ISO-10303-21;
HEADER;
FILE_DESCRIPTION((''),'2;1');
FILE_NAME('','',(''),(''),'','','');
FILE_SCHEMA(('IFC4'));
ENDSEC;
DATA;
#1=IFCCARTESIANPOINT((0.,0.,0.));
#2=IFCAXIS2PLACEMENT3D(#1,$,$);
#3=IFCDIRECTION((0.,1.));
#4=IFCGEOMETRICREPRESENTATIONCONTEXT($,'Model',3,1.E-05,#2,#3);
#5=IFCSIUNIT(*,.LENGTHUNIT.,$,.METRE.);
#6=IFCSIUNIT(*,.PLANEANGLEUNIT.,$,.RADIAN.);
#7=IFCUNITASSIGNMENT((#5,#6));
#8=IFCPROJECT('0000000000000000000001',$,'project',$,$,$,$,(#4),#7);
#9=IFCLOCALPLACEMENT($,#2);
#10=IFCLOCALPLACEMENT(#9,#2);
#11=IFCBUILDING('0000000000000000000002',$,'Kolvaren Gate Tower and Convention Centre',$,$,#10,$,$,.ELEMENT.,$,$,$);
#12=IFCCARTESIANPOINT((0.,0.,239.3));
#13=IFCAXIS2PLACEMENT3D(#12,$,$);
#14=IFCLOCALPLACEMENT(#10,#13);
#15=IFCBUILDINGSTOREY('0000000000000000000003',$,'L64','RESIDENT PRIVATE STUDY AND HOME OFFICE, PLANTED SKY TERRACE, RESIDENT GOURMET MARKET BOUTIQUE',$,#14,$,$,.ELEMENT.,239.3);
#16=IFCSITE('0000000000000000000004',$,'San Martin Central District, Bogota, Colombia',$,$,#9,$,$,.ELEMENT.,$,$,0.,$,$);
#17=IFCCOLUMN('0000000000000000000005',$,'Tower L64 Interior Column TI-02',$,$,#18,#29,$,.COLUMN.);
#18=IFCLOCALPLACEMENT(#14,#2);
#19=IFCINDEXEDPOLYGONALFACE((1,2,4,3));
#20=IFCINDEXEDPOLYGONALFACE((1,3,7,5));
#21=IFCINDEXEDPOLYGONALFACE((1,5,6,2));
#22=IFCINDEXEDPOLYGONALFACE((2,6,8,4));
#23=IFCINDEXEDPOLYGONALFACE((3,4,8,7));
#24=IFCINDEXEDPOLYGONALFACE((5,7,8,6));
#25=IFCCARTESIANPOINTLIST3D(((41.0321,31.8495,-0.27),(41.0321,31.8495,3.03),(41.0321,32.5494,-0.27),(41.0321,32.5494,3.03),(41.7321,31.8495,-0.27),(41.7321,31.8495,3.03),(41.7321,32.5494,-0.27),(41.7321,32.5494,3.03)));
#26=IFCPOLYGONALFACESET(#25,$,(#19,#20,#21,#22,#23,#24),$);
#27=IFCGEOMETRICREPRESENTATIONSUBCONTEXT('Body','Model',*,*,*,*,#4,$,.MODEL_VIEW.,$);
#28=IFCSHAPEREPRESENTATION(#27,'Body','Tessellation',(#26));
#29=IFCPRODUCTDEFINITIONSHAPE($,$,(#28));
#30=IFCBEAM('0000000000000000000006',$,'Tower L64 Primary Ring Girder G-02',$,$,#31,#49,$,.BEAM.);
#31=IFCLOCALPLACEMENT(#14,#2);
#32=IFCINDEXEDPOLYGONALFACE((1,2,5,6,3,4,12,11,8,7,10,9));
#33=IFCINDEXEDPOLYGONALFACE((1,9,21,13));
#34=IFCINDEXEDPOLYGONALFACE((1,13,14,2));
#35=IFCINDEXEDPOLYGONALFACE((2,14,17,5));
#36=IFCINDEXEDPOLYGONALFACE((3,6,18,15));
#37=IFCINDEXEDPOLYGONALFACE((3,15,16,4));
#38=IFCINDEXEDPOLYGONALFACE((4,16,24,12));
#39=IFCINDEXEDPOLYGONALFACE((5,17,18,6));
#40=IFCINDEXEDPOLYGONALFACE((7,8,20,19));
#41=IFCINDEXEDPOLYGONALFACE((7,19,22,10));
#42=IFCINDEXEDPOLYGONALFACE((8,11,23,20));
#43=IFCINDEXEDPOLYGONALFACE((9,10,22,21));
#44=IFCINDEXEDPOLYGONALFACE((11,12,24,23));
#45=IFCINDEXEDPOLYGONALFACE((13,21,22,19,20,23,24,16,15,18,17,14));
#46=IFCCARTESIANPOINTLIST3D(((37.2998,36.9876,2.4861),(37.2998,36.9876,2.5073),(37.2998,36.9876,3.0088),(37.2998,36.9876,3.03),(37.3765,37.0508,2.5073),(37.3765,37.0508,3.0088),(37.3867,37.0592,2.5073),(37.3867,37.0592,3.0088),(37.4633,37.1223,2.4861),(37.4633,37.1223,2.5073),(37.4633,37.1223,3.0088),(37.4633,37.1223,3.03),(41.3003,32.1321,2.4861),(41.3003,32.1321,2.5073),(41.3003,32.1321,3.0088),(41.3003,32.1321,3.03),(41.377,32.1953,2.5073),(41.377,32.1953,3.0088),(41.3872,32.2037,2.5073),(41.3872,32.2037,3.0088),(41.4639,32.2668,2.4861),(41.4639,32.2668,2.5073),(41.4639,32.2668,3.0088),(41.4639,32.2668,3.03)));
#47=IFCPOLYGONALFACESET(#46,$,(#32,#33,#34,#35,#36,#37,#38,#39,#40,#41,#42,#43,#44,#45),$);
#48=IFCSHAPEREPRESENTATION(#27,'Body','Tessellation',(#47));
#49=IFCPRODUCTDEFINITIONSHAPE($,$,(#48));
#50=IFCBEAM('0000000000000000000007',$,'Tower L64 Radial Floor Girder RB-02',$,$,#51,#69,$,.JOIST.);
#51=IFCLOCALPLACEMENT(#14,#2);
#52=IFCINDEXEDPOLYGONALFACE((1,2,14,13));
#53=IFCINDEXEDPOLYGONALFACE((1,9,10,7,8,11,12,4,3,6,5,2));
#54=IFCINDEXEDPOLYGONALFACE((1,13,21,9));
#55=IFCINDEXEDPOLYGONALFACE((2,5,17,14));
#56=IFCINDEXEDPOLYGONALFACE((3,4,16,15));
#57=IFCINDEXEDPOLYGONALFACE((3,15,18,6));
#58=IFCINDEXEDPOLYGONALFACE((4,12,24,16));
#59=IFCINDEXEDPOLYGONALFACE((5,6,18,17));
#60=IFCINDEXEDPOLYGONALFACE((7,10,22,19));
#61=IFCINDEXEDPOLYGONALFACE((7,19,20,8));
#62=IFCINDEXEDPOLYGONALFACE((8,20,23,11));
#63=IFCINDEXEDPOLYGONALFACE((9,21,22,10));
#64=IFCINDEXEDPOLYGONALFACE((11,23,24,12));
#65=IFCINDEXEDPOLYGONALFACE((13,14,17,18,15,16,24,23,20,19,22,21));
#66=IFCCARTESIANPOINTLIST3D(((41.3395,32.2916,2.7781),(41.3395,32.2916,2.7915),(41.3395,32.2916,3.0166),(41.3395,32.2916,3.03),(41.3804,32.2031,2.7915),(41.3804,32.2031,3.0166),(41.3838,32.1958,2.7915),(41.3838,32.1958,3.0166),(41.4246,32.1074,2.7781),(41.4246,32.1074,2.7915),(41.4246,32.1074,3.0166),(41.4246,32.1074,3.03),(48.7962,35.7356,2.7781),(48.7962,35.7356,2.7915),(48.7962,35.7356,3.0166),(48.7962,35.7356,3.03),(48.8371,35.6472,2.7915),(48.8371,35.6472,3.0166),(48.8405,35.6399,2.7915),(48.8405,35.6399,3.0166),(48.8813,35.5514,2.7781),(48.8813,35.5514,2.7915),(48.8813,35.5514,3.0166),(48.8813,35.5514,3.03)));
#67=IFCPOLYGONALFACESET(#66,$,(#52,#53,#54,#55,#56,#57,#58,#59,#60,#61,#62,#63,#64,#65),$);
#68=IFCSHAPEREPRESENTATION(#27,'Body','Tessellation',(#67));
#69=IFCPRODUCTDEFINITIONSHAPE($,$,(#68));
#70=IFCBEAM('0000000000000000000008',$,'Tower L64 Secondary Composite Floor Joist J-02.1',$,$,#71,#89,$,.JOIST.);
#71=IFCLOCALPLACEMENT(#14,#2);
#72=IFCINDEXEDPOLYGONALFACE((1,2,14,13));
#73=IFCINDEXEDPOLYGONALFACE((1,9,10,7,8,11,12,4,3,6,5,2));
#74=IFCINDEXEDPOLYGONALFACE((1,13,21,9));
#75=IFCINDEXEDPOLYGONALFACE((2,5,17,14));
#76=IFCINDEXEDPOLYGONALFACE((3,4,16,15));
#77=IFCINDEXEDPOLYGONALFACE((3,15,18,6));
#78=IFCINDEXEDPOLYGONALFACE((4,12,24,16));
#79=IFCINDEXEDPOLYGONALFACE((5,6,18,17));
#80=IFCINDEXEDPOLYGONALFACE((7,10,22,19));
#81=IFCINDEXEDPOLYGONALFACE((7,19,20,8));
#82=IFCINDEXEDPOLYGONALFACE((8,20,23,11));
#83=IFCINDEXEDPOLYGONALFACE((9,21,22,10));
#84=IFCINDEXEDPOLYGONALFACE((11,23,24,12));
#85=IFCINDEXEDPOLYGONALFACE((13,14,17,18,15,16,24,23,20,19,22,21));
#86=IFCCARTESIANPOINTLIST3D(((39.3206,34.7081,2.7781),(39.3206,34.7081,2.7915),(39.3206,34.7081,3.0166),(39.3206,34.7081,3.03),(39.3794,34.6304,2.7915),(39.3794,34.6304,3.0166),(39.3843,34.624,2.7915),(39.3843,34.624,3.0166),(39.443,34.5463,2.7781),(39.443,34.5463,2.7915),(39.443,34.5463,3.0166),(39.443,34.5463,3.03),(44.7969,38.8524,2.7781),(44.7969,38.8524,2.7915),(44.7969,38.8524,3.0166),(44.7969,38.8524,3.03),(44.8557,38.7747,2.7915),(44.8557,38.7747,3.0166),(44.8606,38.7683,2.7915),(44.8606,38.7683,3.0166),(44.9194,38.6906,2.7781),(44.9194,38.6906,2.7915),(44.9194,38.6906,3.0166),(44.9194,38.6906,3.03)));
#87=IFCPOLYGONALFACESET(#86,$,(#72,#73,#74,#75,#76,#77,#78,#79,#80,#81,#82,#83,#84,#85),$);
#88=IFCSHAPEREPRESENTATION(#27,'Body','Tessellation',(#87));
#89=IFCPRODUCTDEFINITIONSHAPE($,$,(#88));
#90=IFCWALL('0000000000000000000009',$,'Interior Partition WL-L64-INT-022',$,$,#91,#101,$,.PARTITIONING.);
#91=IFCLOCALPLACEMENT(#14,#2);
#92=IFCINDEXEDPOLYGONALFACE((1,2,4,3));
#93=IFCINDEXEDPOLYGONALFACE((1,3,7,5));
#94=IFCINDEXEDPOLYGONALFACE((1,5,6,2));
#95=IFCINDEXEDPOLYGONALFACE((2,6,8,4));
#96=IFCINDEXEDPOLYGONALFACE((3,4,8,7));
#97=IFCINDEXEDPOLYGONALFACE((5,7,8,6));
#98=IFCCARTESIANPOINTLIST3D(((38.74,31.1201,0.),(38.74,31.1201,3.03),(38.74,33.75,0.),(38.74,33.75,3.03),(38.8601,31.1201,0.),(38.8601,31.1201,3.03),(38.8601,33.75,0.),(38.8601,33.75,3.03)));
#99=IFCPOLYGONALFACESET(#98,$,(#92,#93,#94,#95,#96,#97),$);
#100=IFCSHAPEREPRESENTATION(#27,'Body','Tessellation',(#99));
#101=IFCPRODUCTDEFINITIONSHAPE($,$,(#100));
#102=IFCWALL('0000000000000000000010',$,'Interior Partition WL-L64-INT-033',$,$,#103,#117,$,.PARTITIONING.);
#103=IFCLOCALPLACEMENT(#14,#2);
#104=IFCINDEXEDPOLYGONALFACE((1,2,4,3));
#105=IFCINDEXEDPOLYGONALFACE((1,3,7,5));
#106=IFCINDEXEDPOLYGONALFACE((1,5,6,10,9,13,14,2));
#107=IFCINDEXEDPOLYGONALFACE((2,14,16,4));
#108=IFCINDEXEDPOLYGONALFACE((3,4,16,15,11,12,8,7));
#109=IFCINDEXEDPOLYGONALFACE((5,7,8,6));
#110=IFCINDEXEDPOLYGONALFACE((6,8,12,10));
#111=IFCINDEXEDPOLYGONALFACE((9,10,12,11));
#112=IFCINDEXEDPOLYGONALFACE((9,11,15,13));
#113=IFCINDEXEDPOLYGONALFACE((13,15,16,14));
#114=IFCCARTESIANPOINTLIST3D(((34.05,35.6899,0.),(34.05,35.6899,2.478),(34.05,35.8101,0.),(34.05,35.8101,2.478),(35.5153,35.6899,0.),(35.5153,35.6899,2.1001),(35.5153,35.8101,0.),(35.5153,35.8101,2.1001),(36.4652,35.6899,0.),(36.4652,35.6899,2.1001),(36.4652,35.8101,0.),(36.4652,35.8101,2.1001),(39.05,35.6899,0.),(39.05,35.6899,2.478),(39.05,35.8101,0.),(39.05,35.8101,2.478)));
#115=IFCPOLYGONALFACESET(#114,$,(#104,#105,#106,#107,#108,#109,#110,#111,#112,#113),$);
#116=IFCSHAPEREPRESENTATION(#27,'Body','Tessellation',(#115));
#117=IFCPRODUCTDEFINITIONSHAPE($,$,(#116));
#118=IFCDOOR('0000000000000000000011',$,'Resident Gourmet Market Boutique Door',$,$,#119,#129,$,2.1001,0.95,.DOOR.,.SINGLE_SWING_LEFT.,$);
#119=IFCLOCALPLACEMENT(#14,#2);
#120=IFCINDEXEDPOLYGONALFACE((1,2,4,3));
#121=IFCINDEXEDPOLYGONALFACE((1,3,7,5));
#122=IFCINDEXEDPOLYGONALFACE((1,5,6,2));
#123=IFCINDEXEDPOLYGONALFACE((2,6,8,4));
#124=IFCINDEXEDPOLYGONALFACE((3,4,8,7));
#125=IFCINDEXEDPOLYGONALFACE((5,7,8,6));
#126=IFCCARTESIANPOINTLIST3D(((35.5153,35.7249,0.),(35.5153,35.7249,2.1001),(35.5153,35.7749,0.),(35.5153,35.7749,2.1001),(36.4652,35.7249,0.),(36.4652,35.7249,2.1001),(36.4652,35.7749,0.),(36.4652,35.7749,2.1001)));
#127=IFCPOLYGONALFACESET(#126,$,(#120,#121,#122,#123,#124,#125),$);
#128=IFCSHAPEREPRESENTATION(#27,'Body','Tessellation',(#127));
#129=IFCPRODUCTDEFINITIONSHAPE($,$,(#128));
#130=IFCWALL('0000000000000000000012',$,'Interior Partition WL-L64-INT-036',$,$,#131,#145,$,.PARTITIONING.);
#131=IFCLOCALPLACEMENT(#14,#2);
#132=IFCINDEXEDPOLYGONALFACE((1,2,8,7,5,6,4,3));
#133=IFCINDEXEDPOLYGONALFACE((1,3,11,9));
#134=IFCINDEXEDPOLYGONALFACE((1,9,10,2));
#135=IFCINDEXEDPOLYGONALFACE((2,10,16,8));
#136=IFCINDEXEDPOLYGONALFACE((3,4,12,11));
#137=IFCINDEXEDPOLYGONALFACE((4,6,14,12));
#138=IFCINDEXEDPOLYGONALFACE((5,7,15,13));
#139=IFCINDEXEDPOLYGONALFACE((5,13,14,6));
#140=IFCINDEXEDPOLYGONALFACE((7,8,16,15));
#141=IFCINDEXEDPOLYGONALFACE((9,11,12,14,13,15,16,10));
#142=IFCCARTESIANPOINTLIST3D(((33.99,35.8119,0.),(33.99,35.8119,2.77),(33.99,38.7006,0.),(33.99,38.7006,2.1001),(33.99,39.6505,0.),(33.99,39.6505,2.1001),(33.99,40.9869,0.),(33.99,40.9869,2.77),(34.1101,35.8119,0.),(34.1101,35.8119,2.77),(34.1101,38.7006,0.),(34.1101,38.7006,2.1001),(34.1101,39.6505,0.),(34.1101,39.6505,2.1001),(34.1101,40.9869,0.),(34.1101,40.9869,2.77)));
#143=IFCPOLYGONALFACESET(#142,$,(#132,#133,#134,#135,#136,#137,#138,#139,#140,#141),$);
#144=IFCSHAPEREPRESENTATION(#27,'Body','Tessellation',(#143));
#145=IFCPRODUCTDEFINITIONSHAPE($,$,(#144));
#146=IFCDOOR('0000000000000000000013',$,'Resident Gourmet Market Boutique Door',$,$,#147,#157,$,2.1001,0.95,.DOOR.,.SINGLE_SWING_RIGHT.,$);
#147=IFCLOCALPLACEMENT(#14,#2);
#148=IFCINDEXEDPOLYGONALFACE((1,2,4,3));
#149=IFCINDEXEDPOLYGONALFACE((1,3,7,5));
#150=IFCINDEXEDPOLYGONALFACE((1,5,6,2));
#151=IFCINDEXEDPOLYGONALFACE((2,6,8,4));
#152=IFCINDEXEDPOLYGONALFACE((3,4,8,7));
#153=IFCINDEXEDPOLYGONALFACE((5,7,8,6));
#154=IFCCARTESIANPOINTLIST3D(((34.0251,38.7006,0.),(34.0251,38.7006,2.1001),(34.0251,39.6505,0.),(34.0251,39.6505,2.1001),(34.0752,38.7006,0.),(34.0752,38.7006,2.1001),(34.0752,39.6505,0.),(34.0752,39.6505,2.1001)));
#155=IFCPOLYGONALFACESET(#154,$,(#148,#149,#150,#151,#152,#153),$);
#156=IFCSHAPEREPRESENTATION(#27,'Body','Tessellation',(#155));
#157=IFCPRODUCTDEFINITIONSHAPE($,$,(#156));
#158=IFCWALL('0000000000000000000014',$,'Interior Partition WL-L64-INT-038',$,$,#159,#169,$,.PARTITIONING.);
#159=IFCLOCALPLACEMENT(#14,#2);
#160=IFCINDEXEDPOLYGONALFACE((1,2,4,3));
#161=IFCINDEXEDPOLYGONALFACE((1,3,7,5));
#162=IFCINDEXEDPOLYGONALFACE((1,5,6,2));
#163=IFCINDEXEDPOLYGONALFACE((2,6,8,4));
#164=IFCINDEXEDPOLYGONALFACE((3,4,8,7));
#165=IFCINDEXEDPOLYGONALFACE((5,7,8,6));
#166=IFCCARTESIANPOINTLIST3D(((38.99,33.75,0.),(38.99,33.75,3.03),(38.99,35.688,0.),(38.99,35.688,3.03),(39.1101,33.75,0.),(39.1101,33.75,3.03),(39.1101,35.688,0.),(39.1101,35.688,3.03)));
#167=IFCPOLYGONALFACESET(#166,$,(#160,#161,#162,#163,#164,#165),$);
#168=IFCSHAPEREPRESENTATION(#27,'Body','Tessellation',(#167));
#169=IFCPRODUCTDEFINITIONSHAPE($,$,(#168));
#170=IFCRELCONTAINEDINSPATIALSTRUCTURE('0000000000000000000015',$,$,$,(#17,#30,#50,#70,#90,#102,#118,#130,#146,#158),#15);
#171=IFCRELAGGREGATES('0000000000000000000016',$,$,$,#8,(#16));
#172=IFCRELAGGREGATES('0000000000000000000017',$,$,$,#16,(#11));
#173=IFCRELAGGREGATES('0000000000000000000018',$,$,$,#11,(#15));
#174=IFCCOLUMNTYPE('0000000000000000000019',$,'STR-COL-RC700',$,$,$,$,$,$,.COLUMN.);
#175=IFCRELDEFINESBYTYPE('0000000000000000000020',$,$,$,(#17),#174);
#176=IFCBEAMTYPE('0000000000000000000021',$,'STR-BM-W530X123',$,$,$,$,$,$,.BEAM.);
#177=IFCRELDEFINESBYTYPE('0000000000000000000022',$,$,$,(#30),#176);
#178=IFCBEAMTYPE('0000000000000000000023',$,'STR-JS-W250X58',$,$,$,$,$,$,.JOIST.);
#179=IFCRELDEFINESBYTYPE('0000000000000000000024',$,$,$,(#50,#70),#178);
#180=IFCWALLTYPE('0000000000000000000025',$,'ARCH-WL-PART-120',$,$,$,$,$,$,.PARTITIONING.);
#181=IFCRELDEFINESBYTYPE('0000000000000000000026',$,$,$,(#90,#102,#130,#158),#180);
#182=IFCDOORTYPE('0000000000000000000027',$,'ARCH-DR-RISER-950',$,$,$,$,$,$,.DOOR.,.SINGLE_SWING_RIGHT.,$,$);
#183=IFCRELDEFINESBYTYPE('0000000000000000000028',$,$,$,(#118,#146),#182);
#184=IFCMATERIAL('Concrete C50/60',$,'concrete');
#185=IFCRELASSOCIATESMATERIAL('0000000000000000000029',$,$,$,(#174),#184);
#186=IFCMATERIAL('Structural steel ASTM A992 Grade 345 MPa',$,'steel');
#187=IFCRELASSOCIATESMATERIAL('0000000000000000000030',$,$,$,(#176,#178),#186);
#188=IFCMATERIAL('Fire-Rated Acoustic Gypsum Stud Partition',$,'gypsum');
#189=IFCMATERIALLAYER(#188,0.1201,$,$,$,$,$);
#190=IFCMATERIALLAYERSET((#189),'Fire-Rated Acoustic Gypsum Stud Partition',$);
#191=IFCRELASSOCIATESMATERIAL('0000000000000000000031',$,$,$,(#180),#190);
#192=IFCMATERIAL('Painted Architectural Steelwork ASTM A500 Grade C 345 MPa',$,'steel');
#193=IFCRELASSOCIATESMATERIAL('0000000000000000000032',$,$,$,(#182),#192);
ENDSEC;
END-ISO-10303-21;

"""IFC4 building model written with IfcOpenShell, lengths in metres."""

from ifc_helpers import new_model, si_unit, direction, frame, frame_2d, origin, origin_2d, place, context, subcontext, project, spatial, rectangle, i_section, extrude, material, layer, layer_set, material_profile, profile_set, type_object, element, fill, save


model = new_model("IFC4")

# Units and contexts
model_context = context("Model", 3, precision=1e-05, world=origin(), true_north=direction((0.0, 1.0)))
body_context = subcontext(model_context, "Body", "Model", "MODEL_VIEW")
ifc_project = project(units=[si_unit("LENGTHUNIT", "METRE"), si_unit("PLANEANGLEUNIT", "RADIAN")], contexts=[model_context])

# Site, building, storey
site_placement = place(None, origin())
site = spatial("IfcSite", under=ifc_project, at=site_placement, Name="San Martin Central District, Bogota, Colombia", CompositionType="ELEMENT", RefElevation=0.0)
building_placement = place(site_placement, origin())
building = spatial("IfcBuilding", under=site, at=building_placement, Name="Kolvaren Gate Tower and Convention Centre", CompositionType="ELEMENT")
storey_placement = place(building_placement, frame((0.0, 0.0, 239.3)))
storey = spatial("IfcBuildingStorey", under=building, at=storey_placement, Name="L64", Description="RESIDENT PRIVATE STUDY AND HOME OFFICE, PLANTED SKY TERRACE, RESIDENT GOURMET MARKET BOUTIQUE", CompositionType="ELEMENT", Elevation=239.3)

# Column
ifc_material_1 = material(Name="Concrete C50/60", Category="concrete")
ifc_material_profile_1 = material_profile(ifc_material_1, rectangle(XDim=0.7, YDim=0.7, at=origin_2d()), Name="RC-COL-700X700")
ifc_profile_set_1 = profile_set([ifc_material_profile_1], Name="Concrete C50/60")
column_type = type_object("IfcColumnType", Name="STR-COL-RC700", PredefinedType="COLUMN", material=ifc_profile_set_1)
column_placement = place(storey_placement, frame((41.3821, 32.1995, -0.27), z_axis=(0.0, 0.0, 1.0), x_axis=(1.0, 0.0, 0.0)))
element("IfcColumn", 1, at=column_placement, inside=storey, type_object=column_type, Name="Tower L64 Interior Column TI-02", PredefinedType="COLUMN", context=body_context, shape_type="SweptSolid", body=[
    extrude(rectangle(XDim=0.7, YDim=0.7, at=origin_2d()), origin(), (0.0, 0.0, 1.0), 3.3),
])

# Beams
ifc_material_2 = material(Name="Structural steel ASTM A992 Grade 345 MPa", Category="steel")
ifc_material_profile_2 = material_profile(ifc_material_2, i_section(OverallWidth=0.2119, OverallDepth=0.5439, WebThickness=0.0132, FlangeThickness=0.0212, at=origin_2d()), Name="W530X123")
ifc_profile_set_2 = profile_set([ifc_material_profile_2], Name="Structural steel ASTM A992 Grade 345 MPa")
beam_type_1 = type_object("IfcBeamType", Name="STR-BM-W530X123", PredefinedType="BEAM", material=ifc_profile_set_2)
beam_1_placement = place(storey_placement, frame((41.3821, 32.1995, 2.7581), z_axis=(-0.635884, 0.771785, 0.0), x_axis=(-0.771785, -0.635884, 0.0)))
element("IfcBeam", 2, at=beam_1_placement, inside=storey, type_object=beam_type_1, Name="Tower L64 Primary Ring Girder G-02", PredefinedType="BEAM", context=body_context, shape_type="SweptSolid", body=[
    extrude(i_section(OverallWidth=0.2119, OverallDepth=0.5439, WebThickness=0.0132, FlangeThickness=0.0212, at=origin_2d()), origin(), (0.0, 0.0, 1.0), 6.2913),
])
ifc_material_profile_3 = material_profile(ifc_material_2, i_section(OverallWidth=0.2029, OverallDepth=0.252, WebThickness=0.0081, FlangeThickness=0.0134, at=origin_2d()), Name="W250X58")
ifc_profile_set_3 = profile_set([ifc_material_profile_3], Name="Structural steel ASTM A992 Grade 345 MPa")
beam_type_2 = type_object("IfcBeamType", Name="STR-JS-W250X58", PredefinedType="JOIST", material=ifc_profile_set_3)
beam_2_placement = place(storey_placement, frame((41.3821, 32.1995, 2.9041), z_axis=(0.907844, 0.419309, 0.0), x_axis=(-0.419309, 0.907844, 0.0)))
element("IfcBeam", 3, at=beam_2_placement, inside=storey, type_object=beam_type_2, Name="Tower L64 Radial Floor Girder RB-02", PredefinedType="JOIST", context=body_context, shape_type="SweptSolid", body=[
    extrude(i_section(OverallWidth=0.2029, OverallDepth=0.252, WebThickness=0.0081, FlangeThickness=0.0134, at=origin_2d()), origin(), (0.0, 0.0, 1.0), 8.2136),
])
beam_3_placement = place(storey_placement, frame((39.3818, 34.6272, 2.9041), z_axis=(0.797403, 0.603447, 0.0), x_axis=(-0.603447, 0.797403, 0.0)))
element("IfcBeam", 4, at=beam_3_placement, inside=storey, type_object=beam_type_2, Name="Tower L64 Secondary Composite Floor Joist J-02.1", PredefinedType="JOIST", context=body_context, shape_type="SweptSolid", body=[
    extrude(i_section(OverallWidth=0.2029, OverallDepth=0.252, WebThickness=0.0081, FlangeThickness=0.0134, at=origin_2d()), origin(), (0.0, 0.0, 1.0), 6.8677),
])

# Wall
ifc_material_3 = material(Name="Fire-Rated Acoustic Gypsum Stud Partition", Category="gypsum")
ifc_layer_1 = layer(ifc_material_3, 0.1201)
ifc_layer_set_1 = layer_set([ifc_layer_1], Name="Fire-Rated Acoustic Gypsum Stud Partition")
wall_type_1 = type_object("IfcWallType", Name="ARCH-WL-PART-120", PredefinedType="PARTITIONING", material=ifc_layer_set_1)
wall_1_placement = place(storey_placement, frame((38.8, 31.1201, 0.0), z_axis=(0.0, 0.0, 1.0), x_axis=(0.0, 1.0, 0.0)))
element("IfcWall", 5, at=wall_1_placement, inside=storey, type_object=wall_type_1, Name="Interior Partition WL-L64-INT-022", PredefinedType="PARTITIONING", context=body_context, shape_type="SweptSolid", body=[
    extrude(rectangle(XDim=2.6299, YDim=0.1201, at=frame_2d((1.3149, 0.0))), origin(), (0.0, 0.0, 1.0), 3.03),
])

# Walls, openings, doors
wall_2_placement = place(storey_placement, frame((34.05, 35.75, 0.0), z_axis=(0.0, 0.0, 1.0), x_axis=(1.0, 0.0, 0.0)))
wall_2 = element("IfcWall", 6, at=wall_2_placement, inside=storey, type_object=wall_type_1, Name="Interior Partition WL-L64-INT-033", PredefinedType="PARTITIONING", context=body_context, shape_type="SweptSolid", body=[
    extrude(rectangle(XDim=5.0, YDim=0.1201, at=frame_2d((2.5, 0.0))), origin(), (0.0, 0.0, 1.0), 2.478),
])
opening_1_placement = place(wall_2_placement, frame((1.4651, 0.0, 0.0)))
opening_1 = element("IfcOpeningElement", 7, at=opening_1_placement, cuts=wall_2, PredefinedType="OPENING", context=body_context, shape_type="SweptSolid", body=[
    extrude(rectangle(XDim=0.95, YDim=2.1001, at=frame_2d((0.4751, 1.05))), frame((0.0, 0.0701, 0.0), z_axis=(0.0, -1.0, 0.0), x_axis=(1.0, 0.0, 0.0)), (0.0, 0.0, 1.0), 0.1401),
])
ifc_material_4 = material(Name="Painted Architectural Steelwork ASTM A500 Grade C 345 MPa", Category="steel")
door_type = type_object("IfcDoorType", Name="ARCH-DR-RISER-950", OperationType="SINGLE_SWING_RIGHT", PredefinedType="DOOR", material=ifc_material_4)
door_1_placement = place(opening_1_placement, origin())
door_1 = element("IfcDoor", 8, at=door_1_placement, inside=storey, type_object=door_type, Name="Resident Gourmet Market Boutique Door", OperationType="SINGLE_SWING_LEFT", OverallHeight=2.1001, OverallWidth=0.95, PredefinedType="DOOR", context=body_context, shape_type="SweptSolid", body=[
    extrude(rectangle(XDim=0.95, YDim=2.1001, at=frame_2d((0.4751, 1.05))), frame((0.0, 0.0249, 0.0), z_axis=(0.0, -1.0, 0.0), x_axis=(1.0, 0.0, 0.0)), (0.0, 0.0, 1.0), 0.05),
])
fill(opening_1, door_1)
wall_3_placement = place(storey_placement, frame((34.05, 35.812, 0.0), z_axis=(0.0, 0.0, 1.0), x_axis=(0.0, 1.0, 0.0)))
wall_3 = element("IfcWall", 9, at=wall_3_placement, inside=storey, type_object=wall_type_1, Name="Interior Partition WL-L64-INT-036", PredefinedType="PARTITIONING", context=body_context, shape_type="SweptSolid", body=[
    extrude(rectangle(XDim=5.175, YDim=0.1201, at=frame_2d((2.5874, 0.0))), origin(), (0.0, 0.0, 1.0), 2.77),
])
opening_2_placement = place(wall_3_placement, frame((2.8884, 0.0, 0.0)))
opening_2 = element("IfcOpeningElement", 10, at=opening_2_placement, cuts=wall_3, PredefinedType="OPENING", context=body_context, shape_type="SweptSolid", body=[
    extrude(rectangle(XDim=0.95, YDim=2.1001, at=frame_2d((0.4751, 1.05))), frame((0.0, 0.0701, 0.0), z_axis=(0.0, -1.0, 0.0), x_axis=(1.0, 0.0, 0.0)), (0.0, 0.0, 1.0), 0.1401),
])
door_2_placement = place(opening_2_placement, origin())
door_2 = element("IfcDoor", 11, at=door_2_placement, inside=storey, type_object=door_type, Name="Resident Gourmet Market Boutique Door", OperationType="SINGLE_SWING_RIGHT", OverallHeight=2.1001, OverallWidth=0.95, PredefinedType="DOOR", context=body_context, shape_type="SweptSolid", body=[
    extrude(rectangle(XDim=0.95, YDim=2.1001, at=frame_2d((0.4751, 1.05))), frame((0.0, 0.0249, 0.0), z_axis=(0.0, -1.0, 0.0), x_axis=(1.0, 0.0, 0.0)), (0.0, 0.0, 1.0), 0.05),
])
fill(opening_2, door_2)

# Wall
wall_4_placement = place(storey_placement, frame((39.05, 33.75, 0.0), z_axis=(0.0, 0.0, 1.0), x_axis=(0.0, 1.0, 0.0)))
element("IfcWall", 12, at=wall_4_placement, inside=storey, type_object=wall_type_1, Name="Interior Partition WL-L64-INT-038", PredefinedType="PARTITIONING", context=body_context, shape_type="SweptSolid", body=[
    extrude(rectangle(XDim=1.938, YDim=0.1201, at=frame_2d((0.969, 0.0))), origin(), (0.0, 0.0, 1.0), 3.03),
])

save(model, "model.ifc")
